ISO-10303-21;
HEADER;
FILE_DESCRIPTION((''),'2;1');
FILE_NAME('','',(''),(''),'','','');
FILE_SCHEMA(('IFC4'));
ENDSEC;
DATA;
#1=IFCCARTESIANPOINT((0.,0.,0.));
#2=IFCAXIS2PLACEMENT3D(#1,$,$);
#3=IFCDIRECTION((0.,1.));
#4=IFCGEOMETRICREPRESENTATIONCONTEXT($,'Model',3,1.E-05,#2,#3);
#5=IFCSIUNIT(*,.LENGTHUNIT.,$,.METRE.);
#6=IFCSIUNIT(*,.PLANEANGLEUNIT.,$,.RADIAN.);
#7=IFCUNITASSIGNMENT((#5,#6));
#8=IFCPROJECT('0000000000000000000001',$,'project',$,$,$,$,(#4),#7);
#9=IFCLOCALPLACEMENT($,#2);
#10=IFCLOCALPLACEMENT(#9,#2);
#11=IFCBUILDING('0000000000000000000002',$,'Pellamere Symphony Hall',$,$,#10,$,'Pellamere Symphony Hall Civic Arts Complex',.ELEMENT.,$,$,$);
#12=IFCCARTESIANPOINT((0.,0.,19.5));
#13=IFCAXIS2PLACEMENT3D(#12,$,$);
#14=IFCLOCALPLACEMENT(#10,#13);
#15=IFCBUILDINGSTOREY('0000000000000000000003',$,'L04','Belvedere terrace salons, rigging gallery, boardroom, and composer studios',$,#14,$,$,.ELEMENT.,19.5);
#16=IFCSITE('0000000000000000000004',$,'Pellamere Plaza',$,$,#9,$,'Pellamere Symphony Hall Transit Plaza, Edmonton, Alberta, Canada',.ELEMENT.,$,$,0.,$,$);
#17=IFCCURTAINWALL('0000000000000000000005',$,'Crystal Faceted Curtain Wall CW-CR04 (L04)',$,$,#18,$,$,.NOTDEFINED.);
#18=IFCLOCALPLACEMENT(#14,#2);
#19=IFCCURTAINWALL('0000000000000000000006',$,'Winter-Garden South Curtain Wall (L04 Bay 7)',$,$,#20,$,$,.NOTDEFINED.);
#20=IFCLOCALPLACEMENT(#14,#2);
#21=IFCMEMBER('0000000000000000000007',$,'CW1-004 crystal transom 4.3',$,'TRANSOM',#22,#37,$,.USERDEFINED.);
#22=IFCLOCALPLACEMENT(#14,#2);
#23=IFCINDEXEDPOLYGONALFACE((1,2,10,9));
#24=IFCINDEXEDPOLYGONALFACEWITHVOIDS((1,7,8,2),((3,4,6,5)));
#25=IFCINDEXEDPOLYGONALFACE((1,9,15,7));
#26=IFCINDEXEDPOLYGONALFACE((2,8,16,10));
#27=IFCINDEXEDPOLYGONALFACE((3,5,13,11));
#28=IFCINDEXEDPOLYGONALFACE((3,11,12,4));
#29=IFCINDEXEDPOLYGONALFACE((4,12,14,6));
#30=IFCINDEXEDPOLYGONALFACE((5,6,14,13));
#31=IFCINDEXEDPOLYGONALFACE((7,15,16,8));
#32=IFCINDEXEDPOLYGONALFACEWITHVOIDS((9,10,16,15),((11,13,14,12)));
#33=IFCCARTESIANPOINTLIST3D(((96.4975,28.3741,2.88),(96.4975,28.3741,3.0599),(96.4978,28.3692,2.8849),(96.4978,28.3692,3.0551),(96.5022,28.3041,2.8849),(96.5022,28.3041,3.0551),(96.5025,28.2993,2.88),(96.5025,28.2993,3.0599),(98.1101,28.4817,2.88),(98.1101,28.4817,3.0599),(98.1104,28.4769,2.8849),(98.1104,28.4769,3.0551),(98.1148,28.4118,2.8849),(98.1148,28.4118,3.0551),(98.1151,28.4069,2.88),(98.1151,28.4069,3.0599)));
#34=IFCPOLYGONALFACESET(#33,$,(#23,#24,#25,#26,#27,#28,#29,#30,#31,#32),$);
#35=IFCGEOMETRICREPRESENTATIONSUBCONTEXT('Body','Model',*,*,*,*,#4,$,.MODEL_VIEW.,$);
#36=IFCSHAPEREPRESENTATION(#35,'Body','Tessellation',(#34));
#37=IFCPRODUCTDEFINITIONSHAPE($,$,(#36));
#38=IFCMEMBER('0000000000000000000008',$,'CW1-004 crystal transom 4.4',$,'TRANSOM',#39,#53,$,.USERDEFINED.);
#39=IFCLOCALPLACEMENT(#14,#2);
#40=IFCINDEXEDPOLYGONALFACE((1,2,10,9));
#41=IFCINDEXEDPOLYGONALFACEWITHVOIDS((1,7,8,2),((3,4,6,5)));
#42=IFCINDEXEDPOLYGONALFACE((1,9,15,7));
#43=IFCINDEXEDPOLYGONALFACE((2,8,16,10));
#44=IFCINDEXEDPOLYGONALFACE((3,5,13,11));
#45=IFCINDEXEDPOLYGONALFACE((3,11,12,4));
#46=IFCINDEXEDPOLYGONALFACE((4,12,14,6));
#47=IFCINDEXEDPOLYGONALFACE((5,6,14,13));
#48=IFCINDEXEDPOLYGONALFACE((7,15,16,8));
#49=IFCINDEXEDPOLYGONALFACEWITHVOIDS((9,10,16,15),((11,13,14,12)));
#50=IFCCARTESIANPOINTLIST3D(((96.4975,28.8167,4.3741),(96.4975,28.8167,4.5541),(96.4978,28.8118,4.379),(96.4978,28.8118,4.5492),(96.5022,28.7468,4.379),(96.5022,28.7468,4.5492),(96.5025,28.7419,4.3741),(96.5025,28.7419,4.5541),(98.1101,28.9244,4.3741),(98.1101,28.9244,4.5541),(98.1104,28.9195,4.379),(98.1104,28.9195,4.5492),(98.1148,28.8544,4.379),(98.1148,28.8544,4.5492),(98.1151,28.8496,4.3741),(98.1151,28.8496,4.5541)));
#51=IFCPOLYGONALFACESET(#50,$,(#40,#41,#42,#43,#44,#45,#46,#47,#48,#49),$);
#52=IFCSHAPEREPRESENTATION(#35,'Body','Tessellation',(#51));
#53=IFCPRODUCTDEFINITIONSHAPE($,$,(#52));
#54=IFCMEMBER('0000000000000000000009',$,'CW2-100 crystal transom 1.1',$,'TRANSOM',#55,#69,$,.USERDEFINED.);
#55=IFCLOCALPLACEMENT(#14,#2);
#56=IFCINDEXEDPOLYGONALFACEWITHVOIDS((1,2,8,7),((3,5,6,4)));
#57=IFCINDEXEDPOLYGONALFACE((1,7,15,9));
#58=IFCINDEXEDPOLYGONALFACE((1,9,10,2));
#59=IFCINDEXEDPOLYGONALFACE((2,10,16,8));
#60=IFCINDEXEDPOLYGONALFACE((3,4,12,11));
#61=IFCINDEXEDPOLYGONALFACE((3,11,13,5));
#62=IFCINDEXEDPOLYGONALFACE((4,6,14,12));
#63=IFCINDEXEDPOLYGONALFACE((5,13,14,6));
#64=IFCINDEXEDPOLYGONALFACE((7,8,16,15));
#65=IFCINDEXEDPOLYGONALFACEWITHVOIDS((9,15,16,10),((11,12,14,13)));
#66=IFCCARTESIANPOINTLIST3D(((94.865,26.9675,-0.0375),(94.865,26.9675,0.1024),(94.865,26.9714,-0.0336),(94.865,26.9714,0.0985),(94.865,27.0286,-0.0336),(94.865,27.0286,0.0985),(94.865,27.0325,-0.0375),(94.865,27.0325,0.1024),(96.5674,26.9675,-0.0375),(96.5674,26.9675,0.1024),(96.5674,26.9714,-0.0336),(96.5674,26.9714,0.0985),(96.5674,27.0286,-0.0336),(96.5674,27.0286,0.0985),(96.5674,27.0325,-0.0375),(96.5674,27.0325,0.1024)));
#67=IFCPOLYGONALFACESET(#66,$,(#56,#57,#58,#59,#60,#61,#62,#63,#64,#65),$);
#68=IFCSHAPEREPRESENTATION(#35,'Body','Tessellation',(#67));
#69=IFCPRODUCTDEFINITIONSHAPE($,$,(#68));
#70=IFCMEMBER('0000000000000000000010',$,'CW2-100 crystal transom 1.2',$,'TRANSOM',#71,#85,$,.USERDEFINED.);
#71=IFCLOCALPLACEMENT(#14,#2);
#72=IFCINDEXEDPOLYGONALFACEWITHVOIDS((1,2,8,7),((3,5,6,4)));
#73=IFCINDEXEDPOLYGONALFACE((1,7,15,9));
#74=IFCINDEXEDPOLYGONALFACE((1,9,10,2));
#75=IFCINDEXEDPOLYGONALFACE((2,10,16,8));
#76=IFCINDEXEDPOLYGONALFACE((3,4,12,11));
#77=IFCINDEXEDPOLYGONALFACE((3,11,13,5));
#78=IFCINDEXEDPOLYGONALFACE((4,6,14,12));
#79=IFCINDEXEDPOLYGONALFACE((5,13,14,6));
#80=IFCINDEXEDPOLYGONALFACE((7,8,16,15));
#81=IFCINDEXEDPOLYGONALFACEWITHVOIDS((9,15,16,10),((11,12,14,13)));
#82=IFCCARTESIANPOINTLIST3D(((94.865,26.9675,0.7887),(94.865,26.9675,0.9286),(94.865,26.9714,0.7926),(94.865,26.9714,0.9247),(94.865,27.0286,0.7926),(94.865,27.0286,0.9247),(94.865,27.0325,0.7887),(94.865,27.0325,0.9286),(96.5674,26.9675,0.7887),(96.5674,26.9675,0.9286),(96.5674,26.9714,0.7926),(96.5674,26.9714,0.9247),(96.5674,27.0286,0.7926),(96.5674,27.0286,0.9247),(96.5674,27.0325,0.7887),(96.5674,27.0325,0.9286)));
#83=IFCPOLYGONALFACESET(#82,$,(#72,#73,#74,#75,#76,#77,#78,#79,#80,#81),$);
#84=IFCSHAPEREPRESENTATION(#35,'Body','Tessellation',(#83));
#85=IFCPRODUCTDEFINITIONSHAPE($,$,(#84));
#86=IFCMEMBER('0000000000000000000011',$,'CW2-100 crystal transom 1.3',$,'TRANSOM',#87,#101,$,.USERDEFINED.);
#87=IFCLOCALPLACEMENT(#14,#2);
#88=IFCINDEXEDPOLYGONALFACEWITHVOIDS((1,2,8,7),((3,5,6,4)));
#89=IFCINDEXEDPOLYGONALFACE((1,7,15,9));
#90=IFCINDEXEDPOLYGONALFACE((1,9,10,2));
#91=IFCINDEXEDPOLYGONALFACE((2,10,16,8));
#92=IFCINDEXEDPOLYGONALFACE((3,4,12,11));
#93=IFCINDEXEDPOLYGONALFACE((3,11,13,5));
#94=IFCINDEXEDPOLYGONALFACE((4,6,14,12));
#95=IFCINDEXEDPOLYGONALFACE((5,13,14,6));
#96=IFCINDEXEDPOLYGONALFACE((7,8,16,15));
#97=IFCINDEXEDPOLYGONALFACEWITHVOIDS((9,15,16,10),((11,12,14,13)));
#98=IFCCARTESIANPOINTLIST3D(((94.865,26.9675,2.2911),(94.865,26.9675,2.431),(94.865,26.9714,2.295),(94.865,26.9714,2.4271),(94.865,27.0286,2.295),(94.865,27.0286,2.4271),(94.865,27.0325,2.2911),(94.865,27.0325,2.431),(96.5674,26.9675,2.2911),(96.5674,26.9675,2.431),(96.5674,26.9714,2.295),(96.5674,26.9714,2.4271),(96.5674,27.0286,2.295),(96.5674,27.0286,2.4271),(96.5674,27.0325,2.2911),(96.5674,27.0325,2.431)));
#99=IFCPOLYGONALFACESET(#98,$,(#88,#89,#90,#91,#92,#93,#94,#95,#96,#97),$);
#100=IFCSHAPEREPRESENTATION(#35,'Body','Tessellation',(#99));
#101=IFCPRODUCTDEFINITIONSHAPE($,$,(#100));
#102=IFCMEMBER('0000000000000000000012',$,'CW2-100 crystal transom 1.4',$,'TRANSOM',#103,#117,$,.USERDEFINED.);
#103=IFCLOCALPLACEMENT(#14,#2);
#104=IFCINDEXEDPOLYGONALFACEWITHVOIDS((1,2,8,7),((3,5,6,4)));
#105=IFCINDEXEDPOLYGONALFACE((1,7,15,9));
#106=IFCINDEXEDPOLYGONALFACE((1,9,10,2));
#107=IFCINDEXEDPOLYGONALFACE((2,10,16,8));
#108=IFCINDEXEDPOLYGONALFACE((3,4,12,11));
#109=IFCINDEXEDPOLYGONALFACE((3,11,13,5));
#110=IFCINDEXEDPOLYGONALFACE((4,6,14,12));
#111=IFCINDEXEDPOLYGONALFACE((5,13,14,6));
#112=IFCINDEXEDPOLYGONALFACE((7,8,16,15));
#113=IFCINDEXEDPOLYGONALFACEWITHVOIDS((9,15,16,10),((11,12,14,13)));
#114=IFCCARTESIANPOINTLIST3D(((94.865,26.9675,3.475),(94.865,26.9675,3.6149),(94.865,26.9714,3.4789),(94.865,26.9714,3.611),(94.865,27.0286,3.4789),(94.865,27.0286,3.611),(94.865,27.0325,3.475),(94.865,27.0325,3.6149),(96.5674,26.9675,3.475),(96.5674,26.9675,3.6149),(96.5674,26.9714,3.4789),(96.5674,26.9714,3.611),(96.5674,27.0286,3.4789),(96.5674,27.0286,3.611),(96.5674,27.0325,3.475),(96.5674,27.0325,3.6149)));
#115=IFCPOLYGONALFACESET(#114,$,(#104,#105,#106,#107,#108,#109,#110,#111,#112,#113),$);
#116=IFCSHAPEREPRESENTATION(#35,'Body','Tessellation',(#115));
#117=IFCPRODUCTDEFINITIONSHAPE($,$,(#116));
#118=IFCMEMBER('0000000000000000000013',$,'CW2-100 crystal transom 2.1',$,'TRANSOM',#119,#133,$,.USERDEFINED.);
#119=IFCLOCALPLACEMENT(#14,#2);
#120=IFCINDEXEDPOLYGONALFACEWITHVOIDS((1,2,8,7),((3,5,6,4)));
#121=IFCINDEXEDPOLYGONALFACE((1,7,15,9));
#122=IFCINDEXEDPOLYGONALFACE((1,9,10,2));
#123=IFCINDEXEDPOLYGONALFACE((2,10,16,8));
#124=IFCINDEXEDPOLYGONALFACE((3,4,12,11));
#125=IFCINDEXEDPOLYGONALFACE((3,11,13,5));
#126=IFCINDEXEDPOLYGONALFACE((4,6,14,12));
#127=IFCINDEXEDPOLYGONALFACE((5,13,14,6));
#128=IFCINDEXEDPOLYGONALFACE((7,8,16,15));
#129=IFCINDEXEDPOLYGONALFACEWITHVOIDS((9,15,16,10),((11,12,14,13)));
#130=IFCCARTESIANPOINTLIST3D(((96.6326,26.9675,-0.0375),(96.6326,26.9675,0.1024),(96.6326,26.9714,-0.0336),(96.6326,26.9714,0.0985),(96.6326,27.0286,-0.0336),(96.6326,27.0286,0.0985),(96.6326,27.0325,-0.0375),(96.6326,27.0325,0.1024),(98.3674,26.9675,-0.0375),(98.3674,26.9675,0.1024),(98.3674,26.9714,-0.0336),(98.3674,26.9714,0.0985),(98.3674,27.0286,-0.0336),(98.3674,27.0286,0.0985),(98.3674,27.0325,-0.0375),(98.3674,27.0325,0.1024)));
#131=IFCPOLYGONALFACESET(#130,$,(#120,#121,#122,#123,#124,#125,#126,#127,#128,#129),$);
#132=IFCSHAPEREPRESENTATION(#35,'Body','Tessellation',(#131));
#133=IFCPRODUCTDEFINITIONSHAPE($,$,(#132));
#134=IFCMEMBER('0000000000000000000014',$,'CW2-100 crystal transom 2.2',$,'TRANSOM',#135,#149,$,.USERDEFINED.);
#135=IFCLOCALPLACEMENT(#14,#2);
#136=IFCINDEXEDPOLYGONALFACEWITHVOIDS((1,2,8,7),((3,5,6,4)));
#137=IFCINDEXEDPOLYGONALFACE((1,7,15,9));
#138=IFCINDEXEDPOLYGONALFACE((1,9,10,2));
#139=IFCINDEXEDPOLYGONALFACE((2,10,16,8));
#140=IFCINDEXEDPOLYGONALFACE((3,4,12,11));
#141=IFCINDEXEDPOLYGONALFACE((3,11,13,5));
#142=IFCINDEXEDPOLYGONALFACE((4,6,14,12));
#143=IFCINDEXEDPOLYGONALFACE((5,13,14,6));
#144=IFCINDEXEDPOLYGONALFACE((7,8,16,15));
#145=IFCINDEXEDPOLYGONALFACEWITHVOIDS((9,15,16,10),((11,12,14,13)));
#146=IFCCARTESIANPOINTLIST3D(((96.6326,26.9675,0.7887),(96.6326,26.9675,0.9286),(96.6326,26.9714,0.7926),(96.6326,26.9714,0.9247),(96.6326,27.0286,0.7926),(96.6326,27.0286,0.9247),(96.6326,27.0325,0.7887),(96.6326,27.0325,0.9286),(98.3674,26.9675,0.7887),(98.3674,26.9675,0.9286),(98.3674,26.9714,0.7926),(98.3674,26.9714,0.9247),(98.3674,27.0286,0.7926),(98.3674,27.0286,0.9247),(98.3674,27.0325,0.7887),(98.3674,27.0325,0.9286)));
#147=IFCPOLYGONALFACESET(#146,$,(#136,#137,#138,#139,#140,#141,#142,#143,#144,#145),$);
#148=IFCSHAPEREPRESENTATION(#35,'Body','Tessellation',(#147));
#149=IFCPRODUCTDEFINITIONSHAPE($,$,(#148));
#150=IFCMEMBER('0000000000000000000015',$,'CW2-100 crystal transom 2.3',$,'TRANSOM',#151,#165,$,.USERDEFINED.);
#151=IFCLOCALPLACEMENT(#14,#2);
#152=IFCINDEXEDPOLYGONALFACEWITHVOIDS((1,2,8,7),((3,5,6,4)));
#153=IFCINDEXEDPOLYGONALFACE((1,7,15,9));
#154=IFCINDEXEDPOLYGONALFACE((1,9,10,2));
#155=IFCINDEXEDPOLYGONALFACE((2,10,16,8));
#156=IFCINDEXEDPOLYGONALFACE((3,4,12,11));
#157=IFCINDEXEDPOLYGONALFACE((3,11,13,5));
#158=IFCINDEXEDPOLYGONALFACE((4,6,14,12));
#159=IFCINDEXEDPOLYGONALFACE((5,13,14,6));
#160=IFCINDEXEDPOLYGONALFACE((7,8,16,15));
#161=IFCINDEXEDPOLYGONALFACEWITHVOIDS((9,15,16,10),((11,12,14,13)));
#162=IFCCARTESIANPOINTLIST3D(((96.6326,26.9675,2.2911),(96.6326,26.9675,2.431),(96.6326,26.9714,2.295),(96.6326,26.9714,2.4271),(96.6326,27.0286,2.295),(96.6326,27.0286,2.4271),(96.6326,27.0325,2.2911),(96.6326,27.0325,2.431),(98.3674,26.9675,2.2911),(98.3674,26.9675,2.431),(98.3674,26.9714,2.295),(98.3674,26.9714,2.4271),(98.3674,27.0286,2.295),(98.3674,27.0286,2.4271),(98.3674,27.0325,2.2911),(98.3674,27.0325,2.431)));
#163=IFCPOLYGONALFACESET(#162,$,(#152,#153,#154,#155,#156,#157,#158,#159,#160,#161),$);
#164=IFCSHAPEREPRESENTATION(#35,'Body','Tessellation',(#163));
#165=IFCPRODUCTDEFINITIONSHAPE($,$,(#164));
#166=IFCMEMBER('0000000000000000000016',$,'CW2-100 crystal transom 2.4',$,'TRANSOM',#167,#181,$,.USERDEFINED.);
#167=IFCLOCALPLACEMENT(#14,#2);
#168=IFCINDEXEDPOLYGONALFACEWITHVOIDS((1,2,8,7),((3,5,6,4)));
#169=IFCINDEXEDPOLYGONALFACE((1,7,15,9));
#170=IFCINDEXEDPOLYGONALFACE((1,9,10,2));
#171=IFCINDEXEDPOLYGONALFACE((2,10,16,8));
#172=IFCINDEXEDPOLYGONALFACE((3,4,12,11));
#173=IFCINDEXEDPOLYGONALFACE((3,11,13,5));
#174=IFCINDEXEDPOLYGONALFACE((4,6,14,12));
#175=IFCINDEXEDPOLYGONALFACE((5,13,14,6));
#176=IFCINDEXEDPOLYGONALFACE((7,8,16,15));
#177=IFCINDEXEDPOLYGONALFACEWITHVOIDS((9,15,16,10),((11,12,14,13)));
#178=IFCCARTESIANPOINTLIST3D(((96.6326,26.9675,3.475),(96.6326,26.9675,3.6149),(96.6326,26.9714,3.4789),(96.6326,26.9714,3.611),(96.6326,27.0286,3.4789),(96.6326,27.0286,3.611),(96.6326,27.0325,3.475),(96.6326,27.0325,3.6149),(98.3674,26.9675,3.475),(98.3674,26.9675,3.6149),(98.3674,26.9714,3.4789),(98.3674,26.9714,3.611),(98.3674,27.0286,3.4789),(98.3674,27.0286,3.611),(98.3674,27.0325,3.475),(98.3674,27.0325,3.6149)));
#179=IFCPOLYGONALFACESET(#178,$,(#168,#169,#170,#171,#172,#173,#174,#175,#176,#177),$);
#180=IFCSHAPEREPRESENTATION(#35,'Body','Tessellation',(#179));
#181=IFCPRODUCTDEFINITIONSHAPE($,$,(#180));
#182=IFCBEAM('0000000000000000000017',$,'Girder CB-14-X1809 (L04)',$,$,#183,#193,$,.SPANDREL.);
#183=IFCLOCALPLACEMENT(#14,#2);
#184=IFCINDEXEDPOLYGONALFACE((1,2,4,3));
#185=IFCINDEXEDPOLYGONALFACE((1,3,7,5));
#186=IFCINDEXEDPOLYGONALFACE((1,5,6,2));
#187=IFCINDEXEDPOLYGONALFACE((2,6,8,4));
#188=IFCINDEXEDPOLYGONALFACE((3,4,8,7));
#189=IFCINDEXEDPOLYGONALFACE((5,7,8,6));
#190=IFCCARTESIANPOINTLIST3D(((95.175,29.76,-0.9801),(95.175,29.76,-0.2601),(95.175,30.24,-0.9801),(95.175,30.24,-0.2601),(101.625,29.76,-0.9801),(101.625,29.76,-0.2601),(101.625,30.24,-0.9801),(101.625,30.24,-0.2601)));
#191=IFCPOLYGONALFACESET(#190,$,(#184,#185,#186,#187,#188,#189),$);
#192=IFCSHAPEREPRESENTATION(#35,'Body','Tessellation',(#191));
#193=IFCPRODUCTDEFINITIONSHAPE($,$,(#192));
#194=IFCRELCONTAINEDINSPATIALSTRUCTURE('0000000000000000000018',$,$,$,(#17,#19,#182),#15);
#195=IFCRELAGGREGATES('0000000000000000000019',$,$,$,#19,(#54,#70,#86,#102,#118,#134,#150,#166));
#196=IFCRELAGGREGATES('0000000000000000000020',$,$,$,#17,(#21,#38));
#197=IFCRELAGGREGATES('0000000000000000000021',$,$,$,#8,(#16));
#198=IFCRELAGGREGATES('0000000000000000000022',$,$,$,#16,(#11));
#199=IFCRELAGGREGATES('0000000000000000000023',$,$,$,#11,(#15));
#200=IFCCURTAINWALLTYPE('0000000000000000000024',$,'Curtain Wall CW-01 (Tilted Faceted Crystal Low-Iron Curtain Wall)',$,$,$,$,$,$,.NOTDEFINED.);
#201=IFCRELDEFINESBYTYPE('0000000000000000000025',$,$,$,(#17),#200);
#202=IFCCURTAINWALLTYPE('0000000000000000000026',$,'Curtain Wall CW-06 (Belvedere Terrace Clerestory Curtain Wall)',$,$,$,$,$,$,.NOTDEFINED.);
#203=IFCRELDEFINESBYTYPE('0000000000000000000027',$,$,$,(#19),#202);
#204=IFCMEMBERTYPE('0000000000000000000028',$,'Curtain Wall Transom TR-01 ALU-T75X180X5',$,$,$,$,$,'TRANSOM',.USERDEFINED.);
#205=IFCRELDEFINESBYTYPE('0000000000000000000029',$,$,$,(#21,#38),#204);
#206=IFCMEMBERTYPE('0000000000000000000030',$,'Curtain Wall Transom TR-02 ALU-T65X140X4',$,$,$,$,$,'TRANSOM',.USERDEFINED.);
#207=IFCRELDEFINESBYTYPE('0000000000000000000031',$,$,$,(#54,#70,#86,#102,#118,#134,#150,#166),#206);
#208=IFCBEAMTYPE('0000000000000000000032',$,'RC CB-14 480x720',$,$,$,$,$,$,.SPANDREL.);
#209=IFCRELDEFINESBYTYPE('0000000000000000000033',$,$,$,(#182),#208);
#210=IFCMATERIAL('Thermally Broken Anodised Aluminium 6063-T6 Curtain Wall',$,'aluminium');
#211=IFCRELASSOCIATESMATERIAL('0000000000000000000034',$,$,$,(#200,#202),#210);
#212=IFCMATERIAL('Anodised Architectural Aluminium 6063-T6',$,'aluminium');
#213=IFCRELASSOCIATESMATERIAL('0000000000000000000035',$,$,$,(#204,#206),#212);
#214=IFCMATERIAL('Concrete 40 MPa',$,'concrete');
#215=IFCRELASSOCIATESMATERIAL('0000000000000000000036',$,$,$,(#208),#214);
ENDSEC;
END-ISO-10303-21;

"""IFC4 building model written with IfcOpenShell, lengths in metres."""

from ifc_helpers import new_model, si_unit, direction, frame, origin, origin_2d, place, context, subcontext, project, spatial, rectangle, hollow_rectangle, extrude, material, material_profile, profile_set, type_object, element, aggregate, save


model = new_model("IFC4")

# Units and contexts
model_context = context("Model", 3, precision=1e-05, world=origin(), true_north=direction((0.0, 1.0)))
body_context = subcontext(model_context, "Body", "Model", "MODEL_VIEW")
ifc_project = project(units=[si_unit("LENGTHUNIT", "METRE"), si_unit("PLANEANGLEUNIT", "RADIAN")], contexts=[model_context])

# Site, building, storey
site_placement = place(None, origin())
site = spatial("IfcSite", under=ifc_project, at=site_placement, Name="Pellamere Plaza", LongName="Pellamere Symphony Hall Transit Plaza, Edmonton, Alberta, Canada", CompositionType="ELEMENT", RefElevation=0.0)
building_placement = place(site_placement, origin())
building = spatial("IfcBuilding", under=site, at=building_placement, Name="Pellamere Symphony Hall", LongName="Pellamere Symphony Hall Civic Arts Complex", CompositionType="ELEMENT")
storey_placement = place(building_placement, frame((0.0, 0.0, 19.5)))
storey = spatial("IfcBuildingStorey", under=building, at=storey_placement, Name="L04", Description="Belvedere terrace salons, rigging gallery, boardroom, and composer studios", CompositionType="ELEMENT", Elevation=19.5)

# Curtain walls
ifc_material_1 = material(Name="Thermally Broken Anodised Aluminium 6063-T6 Curtain Wall", Category="aluminium")
curtain_wall_type_1 = type_object("IfcCurtainWallType", Name="Curtain Wall CW-01 (Tilted Faceted Crystal Low-Iron Curtain Wall)", PredefinedType="NOTDEFINED", material=ifc_material_1)
curtain_wall_1_placement = place(storey_placement, origin())
curtain_wall_1 = element("IfcCurtainWall", 1, at=curtain_wall_1_placement, inside=storey, type_object=curtain_wall_type_1, Name="Crystal Faceted Curtain Wall CW-CR04 (L04)", PredefinedType="NOTDEFINED")
ifc_material_2 = material(Name="Anodised Architectural Aluminium 6063-T6", Category="aluminium")
curtain_wall_type_2 = type_object("IfcCurtainWallType", Name="Curtain Wall CW-06 (Belvedere Terrace Clerestory Curtain Wall)", PredefinedType="NOTDEFINED", material=ifc_material_1)
curtain_wall_2_placement = place(storey_placement, origin())
curtain_wall_2 = element("IfcCurtainWall", 2, at=curtain_wall_2_placement, inside=storey, type_object=curtain_wall_type_2, Name="Winter-Garden South Curtain Wall (L04 Bay 7)", PredefinedType="NOTDEFINED")

# Members
ifc_material_profile_1 = material_profile(ifc_material_2, hollow_rectangle(XDim=0.075, YDim=0.1799, WallThickness=0.0049, at=origin_2d()), Name="ALU-T75X180X5")
ifc_profile_set_1 = profile_set([ifc_material_profile_1], Name="Anodised Architectural Aluminium 6063-T6")
member_type_1 = type_object("IfcMemberType", Name="Curtain Wall Transom TR-01 ALU-T75X180X5", ElementType="TRANSOM", PredefinedType="USERDEFINED", material=ifc_profile_set_1)
member_1_placement = place(storey_placement, frame((96.5, 28.3367, 2.97), z_axis=(0.997778, 0.066619, 0.0), x_axis=(-0.066619, 0.997778, 0.0)))
member_1 = element("IfcMember", 3, at=member_1_placement, type_object=member_type_1, Name="CW1-004 crystal transom 4.3", ObjectType="TRANSOM", PredefinedType="USERDEFINED", context=body_context, shape_type="SweptSolid", body=[
    extrude(hollow_rectangle(XDim=0.075, YDim=0.1799, WallThickness=0.0049, at=origin_2d()), origin(), (0.0, 0.0, 1.0), 1.6162),
])
member_2_placement = place(storey_placement, frame((96.5, 28.7793, 4.4641), z_axis=(0.997778, 0.066619, 0.0), x_axis=(-0.066619, 0.997778, 0.0)))
member_2 = element("IfcMember", 4, at=member_2_placement, type_object=member_type_1, Name="CW1-004 crystal transom 4.4", ObjectType="TRANSOM", PredefinedType="USERDEFINED", context=body_context, shape_type="SweptSolid", body=[
    extrude(hollow_rectangle(XDim=0.075, YDim=0.1799, WallThickness=0.0049, at=origin_2d()), origin(), (0.0, 0.0, 1.0), 1.6162),
])
ifc_material_profile_2 = material_profile(ifc_material_2, hollow_rectangle(XDim=0.0649, YDim=0.1399, WallThickness=0.0039, at=origin_2d()), Name="ALU-T65X140X4")
ifc_profile_set_2 = profile_set([ifc_material_profile_2], Name="Anodised Architectural Aluminium 6063-T6")
member_type_2 = type_object("IfcMemberType", Name="Curtain Wall Transom TR-02 ALU-T65X140X4", ElementType="TRANSOM", PredefinedType="USERDEFINED", material=ifc_profile_set_2)
member_3_placement = place(storey_placement, frame((94.865, 27.0, 0.0325), z_axis=(1.0, 0.0, 0.0), x_axis=(0.0, 1.0, 0.0)))
member_3 = element("IfcMember", 5, at=member_3_placement, type_object=member_type_2, Name="CW2-100 crystal transom 1.1", ObjectType="TRANSOM", PredefinedType="USERDEFINED", context=body_context, shape_type="SweptSolid", body=[
    extrude(hollow_rectangle(XDim=0.0649, YDim=0.1399, WallThickness=0.0039, at=origin_2d()), origin(), (0.0, 0.0, 1.0), 1.7024),
])
member_4_placement = place(storey_placement, frame((94.865, 27.0, 0.8586), z_axis=(1.0, 0.0, 0.0), x_axis=(0.0, 1.0, 0.0)))
member_4 = element("IfcMember", 6, at=member_4_placement, type_object=member_type_2, Name="CW2-100 crystal transom 1.2", ObjectType="TRANSOM", PredefinedType="USERDEFINED", context=body_context, shape_type="SweptSolid", body=[
    extrude(hollow_rectangle(XDim=0.0649, YDim=0.1399, WallThickness=0.0039, at=origin_2d()), origin(), (0.0, 0.0, 1.0), 1.7024),
])
member_5_placement = place(storey_placement, frame((94.865, 27.0, 2.3611), z_axis=(1.0, 0.0, 0.0), x_axis=(0.0, 1.0, 0.0)))
member_5 = element("IfcMember", 7, at=member_5_placement, type_object=member_type_2, Name="CW2-100 crystal transom 1.3", ObjectType="TRANSOM", PredefinedType="USERDEFINED", context=body_context, shape_type="SweptSolid", body=[
    extrude(hollow_rectangle(XDim=0.0649, YDim=0.1399, WallThickness=0.0039, at=origin_2d()), origin(), (0.0, 0.0, 1.0), 1.7024),
])
member_6_placement = place(storey_placement, frame((94.865, 27.0, 3.5449), z_axis=(1.0, 0.0, 0.0), x_axis=(0.0, 1.0, 0.0)))
member_6 = element("IfcMember", 8, at=member_6_placement, type_object=member_type_2, Name="CW2-100 crystal transom 1.4", ObjectType="TRANSOM", PredefinedType="USERDEFINED", context=body_context, shape_type="SweptSolid", body=[
    extrude(hollow_rectangle(XDim=0.0649, YDim=0.1399, WallThickness=0.0039, at=origin_2d()), origin(), (0.0, 0.0, 1.0), 1.7024),
])
member_7_placement = place(storey_placement, frame((96.6326, 27.0, 0.0325), z_axis=(1.0, 0.0, 0.0), x_axis=(0.0, 1.0, 0.0)))
member_7 = element("IfcMember", 9, at=member_7_placement, type_object=member_type_2, Name="CW2-100 crystal transom 2.1", ObjectType="TRANSOM", PredefinedType="USERDEFINED", context=body_context, shape_type="SweptSolid", body=[
    extrude(hollow_rectangle(XDim=0.0649, YDim=0.1399, WallThickness=0.0039, at=origin_2d()), origin(), (0.0, 0.0, 1.0), 1.7349),
])
member_8_placement = place(storey_placement, frame((96.6326, 27.0, 0.8586), z_axis=(1.0, 0.0, 0.0), x_axis=(0.0, 1.0, 0.0)))
member_8 = element("IfcMember", 10, at=member_8_placement, type_object=member_type_2, Name="CW2-100 crystal transom 2.2", ObjectType="TRANSOM", PredefinedType="USERDEFINED", context=body_context, shape_type="SweptSolid", body=[
    extrude(hollow_rectangle(XDim=0.0649, YDim=0.1399, WallThickness=0.0039, at=origin_2d()), origin(), (0.0, 0.0, 1.0), 1.7349),
])
member_9_placement = place(storey_placement, frame((96.6326, 27.0, 2.3611), z_axis=(1.0, 0.0, 0.0), x_axis=(0.0, 1.0, 0.0)))
member_9 = element("IfcMember", 11, at=member_9_placement, type_object=member_type_2, Name="CW2-100 crystal transom 2.3", ObjectType="TRANSOM", PredefinedType="USERDEFINED", context=body_context, shape_type="SweptSolid", body=[
    extrude(hollow_rectangle(XDim=0.0649, YDim=0.1399, WallThickness=0.0039, at=origin_2d()), origin(), (0.0, 0.0, 1.0), 1.7349),
])
member_10_placement = place(storey_placement, frame((96.6326, 27.0, 3.5449), z_axis=(1.0, 0.0, 0.0), x_axis=(0.0, 1.0, 0.0)))
member_10 = element("IfcMember", 12, at=member_10_placement, type_object=member_type_2, Name="CW2-100 crystal transom 2.4", ObjectType="TRANSOM", PredefinedType="USERDEFINED", context=body_context, shape_type="SweptSolid", body=[
    extrude(hollow_rectangle(XDim=0.0649, YDim=0.1399, WallThickness=0.0039, at=origin_2d()), origin(), (0.0, 0.0, 1.0), 1.7349),
])

# Beam
ifc_material_3 = material(Name="Concrete 40 MPa", Category="concrete")
ifc_material_profile_3 = material_profile(ifc_material_3, rectangle(XDim=0.48, YDim=0.72, at=origin_2d()), Name="RC 480x720")
ifc_profile_set_3 = profile_set([ifc_material_profile_3], Name="Concrete 40 MPa")
beam_type_1 = type_object("IfcBeamType", Name="RC CB-14 480x720", PredefinedType="SPANDREL", material=ifc_profile_set_3)
beam_1_placement = place(storey_placement, frame((95.175, 30.0, -0.6201), z_axis=(1.0, 0.0, 0.0), x_axis=(0.0, 1.0, 0.0)))
element("IfcBeam", 13, at=beam_1_placement, inside=storey, type_object=beam_type_1, Name="Girder CB-14-X1809 (L04)", PredefinedType="SPANDREL", context=body_context, shape_type="SweptSolid", body=[
    extrude(rectangle(XDim=0.48, YDim=0.72, at=origin_2d()), origin(), (0.0, 0.0, 1.0), 6.45),
])

aggregate(curtain_wall_2, [member_3, member_4, member_5, member_6, member_7, member_8, member_9, member_10])
aggregate(curtain_wall_1, [member_1, member_2])

save(model, "model.ifc")
